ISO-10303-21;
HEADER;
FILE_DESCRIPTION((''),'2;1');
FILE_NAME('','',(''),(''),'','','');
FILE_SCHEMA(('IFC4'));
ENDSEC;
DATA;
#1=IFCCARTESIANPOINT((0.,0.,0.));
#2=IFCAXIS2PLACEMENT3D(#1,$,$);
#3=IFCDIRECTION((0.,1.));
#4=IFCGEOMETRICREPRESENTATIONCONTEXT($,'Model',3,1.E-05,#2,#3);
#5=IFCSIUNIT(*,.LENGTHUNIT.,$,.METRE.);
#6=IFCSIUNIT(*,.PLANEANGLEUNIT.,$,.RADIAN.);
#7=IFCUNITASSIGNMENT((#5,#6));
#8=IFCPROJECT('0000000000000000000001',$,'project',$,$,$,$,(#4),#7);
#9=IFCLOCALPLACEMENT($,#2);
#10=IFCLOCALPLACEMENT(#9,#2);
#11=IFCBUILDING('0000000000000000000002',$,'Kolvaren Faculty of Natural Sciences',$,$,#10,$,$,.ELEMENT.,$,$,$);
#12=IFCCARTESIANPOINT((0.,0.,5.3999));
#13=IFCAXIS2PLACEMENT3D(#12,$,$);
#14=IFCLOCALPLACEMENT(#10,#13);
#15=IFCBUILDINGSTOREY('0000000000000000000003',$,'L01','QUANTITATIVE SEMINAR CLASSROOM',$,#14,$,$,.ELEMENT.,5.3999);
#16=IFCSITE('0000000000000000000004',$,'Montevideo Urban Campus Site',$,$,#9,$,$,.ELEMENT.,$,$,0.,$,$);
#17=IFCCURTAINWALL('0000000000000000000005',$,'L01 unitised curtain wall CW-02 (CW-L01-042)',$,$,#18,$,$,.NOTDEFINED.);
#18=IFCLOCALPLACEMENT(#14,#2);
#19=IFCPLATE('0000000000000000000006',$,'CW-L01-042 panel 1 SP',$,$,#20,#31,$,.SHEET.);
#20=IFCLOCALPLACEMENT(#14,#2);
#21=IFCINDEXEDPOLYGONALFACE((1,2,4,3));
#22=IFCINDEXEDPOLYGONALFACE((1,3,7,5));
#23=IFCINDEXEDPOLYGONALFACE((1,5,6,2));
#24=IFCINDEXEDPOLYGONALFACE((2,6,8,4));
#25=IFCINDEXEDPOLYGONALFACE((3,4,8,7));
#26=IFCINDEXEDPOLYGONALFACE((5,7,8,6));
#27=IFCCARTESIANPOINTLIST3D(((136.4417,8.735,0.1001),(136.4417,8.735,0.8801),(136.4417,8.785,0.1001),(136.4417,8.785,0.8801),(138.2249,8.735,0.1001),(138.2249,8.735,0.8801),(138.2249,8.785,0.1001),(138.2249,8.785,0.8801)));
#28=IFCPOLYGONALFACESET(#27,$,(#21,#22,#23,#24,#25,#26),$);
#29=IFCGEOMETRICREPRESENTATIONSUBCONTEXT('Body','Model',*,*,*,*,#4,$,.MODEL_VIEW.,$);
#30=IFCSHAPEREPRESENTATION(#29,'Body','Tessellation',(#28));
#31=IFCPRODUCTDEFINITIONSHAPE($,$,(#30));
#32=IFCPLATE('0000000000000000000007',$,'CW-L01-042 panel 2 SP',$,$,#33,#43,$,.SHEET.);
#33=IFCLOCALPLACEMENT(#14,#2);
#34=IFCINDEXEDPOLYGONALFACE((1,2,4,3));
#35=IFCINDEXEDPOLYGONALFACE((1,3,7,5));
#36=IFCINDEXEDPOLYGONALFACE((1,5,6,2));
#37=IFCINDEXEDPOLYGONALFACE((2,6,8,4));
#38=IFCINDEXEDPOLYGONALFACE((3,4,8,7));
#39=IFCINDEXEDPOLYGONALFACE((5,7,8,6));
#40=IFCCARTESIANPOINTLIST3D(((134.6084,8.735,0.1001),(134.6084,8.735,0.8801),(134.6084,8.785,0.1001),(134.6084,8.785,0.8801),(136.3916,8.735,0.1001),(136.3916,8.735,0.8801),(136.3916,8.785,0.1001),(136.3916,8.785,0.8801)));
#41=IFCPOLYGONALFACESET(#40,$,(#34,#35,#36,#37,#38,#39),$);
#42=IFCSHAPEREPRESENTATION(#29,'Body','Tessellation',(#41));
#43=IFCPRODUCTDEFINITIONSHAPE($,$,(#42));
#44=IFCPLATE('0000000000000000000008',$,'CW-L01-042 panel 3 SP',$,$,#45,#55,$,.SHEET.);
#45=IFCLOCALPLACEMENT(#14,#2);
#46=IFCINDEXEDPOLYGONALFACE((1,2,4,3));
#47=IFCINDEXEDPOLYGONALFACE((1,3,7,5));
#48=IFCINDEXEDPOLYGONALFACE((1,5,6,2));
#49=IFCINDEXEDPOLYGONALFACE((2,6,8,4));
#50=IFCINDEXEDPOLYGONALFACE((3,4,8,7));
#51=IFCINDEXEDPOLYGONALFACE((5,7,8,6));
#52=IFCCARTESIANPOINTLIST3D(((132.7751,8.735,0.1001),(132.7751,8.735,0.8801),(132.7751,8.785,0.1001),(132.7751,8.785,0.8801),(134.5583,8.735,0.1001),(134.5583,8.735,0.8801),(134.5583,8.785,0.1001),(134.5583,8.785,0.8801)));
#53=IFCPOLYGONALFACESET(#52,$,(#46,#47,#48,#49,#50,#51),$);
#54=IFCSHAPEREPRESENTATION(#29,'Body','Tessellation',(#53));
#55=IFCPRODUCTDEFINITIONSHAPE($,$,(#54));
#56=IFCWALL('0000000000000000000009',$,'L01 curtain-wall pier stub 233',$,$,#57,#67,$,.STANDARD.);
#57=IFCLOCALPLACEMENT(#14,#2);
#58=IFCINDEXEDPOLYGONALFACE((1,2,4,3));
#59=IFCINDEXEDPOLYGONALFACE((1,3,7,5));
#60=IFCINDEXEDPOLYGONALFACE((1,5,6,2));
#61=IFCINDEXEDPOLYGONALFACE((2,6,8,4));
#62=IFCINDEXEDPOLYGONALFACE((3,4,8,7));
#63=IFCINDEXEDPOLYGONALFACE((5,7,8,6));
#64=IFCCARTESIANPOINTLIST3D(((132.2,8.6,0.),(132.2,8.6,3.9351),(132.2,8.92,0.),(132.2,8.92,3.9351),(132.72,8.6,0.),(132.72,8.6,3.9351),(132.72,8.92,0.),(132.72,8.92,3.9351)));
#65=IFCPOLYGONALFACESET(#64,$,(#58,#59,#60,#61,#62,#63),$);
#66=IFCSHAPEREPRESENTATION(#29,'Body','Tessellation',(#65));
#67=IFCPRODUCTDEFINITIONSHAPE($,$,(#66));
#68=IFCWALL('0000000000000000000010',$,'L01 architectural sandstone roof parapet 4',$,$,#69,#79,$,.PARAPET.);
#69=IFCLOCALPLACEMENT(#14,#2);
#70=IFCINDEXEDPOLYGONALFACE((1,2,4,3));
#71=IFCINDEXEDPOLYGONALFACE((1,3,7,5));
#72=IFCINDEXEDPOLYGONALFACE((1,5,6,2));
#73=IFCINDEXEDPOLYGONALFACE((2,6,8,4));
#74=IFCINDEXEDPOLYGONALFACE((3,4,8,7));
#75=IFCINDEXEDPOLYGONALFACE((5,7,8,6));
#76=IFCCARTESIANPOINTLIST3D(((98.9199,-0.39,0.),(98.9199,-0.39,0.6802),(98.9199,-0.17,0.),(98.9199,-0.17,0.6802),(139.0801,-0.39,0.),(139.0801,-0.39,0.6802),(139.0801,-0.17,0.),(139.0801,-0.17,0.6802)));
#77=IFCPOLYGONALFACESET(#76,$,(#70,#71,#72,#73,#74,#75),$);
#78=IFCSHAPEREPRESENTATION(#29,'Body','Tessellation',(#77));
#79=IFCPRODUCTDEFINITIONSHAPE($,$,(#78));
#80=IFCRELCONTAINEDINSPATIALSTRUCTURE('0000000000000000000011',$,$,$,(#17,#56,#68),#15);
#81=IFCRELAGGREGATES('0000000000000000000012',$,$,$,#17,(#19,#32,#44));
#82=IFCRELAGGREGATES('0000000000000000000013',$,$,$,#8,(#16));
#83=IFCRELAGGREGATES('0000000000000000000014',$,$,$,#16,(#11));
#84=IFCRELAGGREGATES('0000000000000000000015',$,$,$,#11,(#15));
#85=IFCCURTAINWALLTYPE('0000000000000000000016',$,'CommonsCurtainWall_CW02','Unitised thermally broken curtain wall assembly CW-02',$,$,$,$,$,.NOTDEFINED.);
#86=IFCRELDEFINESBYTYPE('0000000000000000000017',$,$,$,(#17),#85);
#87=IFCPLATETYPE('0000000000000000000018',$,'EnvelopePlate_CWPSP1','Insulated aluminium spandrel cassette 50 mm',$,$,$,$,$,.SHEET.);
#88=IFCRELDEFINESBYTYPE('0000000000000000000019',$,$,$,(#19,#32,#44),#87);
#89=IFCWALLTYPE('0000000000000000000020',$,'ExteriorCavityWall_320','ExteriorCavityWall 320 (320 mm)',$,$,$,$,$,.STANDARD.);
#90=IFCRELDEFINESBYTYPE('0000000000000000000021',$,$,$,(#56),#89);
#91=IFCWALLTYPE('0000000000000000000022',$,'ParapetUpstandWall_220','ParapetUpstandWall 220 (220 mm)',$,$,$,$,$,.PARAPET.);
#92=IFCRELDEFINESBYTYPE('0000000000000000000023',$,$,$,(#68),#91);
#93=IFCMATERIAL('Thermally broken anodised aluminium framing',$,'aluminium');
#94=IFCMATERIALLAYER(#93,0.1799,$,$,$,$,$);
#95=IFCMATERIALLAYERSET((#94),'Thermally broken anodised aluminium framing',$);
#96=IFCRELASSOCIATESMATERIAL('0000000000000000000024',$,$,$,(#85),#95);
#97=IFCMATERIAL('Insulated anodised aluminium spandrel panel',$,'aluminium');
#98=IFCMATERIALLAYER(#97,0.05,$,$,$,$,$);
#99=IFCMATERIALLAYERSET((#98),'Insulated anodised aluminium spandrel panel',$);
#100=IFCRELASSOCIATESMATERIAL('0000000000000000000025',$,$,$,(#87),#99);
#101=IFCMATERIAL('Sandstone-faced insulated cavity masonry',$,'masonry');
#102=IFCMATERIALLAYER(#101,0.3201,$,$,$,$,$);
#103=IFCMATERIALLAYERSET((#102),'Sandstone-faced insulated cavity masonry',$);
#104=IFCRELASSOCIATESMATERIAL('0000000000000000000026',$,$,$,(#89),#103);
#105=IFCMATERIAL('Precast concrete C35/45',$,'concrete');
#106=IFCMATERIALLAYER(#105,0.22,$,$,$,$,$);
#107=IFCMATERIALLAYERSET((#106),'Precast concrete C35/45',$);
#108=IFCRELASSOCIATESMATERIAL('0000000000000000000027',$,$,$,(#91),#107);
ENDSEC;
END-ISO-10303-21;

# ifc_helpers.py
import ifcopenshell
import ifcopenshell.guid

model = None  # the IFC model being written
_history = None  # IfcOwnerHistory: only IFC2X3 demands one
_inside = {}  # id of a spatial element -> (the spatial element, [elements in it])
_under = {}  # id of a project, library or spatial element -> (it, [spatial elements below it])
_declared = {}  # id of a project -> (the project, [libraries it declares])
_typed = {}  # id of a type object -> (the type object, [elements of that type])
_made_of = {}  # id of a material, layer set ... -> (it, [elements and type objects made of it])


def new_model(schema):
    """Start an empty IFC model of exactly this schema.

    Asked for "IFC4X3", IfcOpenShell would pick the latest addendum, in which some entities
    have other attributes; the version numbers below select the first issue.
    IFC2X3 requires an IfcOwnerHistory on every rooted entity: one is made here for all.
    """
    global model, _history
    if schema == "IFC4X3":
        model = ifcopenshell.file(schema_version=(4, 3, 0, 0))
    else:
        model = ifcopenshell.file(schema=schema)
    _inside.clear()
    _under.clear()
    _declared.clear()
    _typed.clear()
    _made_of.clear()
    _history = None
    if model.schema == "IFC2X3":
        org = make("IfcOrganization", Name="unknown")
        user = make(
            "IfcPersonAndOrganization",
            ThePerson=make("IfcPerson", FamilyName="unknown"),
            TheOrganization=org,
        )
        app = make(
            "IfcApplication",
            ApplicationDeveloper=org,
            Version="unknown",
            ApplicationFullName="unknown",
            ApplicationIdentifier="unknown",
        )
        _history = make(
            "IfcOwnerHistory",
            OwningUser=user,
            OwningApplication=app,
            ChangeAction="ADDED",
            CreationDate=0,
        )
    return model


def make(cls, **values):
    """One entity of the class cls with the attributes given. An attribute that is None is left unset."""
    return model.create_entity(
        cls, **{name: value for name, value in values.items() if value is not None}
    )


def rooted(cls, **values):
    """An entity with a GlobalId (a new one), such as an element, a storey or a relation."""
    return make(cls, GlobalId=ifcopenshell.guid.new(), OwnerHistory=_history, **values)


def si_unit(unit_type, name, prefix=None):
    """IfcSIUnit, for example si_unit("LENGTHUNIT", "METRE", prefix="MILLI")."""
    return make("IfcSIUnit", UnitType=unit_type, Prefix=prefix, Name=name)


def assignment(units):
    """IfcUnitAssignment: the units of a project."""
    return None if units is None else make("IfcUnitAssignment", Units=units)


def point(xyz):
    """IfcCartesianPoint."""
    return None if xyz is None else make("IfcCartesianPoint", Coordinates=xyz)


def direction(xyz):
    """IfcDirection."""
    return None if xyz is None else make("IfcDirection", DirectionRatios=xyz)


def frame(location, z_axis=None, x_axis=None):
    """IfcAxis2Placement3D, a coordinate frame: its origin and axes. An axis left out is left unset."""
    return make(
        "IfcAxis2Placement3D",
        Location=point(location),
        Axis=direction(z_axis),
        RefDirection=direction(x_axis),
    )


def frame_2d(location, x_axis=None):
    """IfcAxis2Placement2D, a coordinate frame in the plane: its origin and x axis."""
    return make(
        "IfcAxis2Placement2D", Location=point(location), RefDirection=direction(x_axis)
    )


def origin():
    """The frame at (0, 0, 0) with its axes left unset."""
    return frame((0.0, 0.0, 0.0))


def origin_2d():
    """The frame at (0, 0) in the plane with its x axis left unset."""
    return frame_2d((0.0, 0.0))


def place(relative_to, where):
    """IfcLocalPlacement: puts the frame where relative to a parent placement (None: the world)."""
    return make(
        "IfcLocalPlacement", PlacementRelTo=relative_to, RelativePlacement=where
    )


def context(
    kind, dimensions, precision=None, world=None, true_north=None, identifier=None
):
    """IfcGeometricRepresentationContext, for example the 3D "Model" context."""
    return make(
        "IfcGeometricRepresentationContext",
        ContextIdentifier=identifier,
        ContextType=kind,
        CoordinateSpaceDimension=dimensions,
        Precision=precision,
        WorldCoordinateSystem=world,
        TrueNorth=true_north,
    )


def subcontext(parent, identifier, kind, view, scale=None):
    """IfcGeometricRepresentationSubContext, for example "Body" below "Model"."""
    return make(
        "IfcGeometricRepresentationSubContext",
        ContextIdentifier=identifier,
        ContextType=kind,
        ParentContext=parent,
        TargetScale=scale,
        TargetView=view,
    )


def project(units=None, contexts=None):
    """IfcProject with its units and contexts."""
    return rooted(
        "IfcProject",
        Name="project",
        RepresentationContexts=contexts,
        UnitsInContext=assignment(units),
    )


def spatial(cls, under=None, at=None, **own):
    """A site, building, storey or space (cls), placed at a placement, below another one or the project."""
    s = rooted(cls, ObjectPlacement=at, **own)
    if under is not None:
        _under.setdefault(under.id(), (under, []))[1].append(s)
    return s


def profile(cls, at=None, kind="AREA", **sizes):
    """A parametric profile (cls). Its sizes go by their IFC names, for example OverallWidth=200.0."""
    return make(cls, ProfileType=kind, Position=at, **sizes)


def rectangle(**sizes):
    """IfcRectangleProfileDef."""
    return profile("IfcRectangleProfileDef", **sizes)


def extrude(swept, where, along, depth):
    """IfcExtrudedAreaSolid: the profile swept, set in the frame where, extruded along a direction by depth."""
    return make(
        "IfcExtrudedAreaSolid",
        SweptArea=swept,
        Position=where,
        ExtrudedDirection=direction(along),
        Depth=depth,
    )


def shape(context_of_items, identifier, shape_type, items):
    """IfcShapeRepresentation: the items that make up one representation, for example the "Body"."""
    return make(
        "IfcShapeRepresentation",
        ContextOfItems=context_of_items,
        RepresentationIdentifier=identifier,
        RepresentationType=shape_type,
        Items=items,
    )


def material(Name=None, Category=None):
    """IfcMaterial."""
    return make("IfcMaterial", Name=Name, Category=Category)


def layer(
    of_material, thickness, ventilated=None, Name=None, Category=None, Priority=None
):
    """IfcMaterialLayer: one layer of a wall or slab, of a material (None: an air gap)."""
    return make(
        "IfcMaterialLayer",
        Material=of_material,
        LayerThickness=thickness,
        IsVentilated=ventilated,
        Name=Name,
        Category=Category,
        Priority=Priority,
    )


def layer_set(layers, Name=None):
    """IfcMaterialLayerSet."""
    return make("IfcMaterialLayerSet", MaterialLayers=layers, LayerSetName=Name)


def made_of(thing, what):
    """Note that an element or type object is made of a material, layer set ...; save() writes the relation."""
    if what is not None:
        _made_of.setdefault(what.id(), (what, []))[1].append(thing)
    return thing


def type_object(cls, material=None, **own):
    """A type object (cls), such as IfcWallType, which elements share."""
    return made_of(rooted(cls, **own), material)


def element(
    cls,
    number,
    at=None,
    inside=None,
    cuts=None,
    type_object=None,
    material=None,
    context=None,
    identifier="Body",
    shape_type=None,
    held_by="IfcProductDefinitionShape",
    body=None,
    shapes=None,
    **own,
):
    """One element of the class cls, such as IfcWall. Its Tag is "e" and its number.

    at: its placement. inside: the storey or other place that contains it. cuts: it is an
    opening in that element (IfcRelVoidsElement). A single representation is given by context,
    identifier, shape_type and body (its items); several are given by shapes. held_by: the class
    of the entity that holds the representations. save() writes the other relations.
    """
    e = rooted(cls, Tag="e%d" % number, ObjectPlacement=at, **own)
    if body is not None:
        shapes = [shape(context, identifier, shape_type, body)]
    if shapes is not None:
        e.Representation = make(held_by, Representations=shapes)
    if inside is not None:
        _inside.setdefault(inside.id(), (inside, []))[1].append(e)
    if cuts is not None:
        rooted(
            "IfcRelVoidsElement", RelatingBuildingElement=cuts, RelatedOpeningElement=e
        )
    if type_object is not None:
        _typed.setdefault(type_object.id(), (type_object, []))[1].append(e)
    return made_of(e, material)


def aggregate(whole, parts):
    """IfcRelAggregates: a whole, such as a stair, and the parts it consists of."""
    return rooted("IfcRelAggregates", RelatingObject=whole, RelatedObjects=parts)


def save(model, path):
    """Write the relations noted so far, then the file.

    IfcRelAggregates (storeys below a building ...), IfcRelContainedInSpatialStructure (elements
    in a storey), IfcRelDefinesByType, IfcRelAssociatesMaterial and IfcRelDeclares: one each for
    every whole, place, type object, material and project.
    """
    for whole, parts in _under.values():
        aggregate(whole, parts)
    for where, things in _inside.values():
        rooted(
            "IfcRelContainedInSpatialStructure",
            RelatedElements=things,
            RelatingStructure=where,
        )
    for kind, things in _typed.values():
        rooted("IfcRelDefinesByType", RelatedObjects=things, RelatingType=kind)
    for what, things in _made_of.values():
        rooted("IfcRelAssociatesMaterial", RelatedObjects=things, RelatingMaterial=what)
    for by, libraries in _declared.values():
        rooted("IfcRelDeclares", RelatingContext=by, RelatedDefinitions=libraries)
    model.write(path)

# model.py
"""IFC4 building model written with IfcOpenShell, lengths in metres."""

from ifc_helpers import new_model, si_unit, direction, frame, frame_2d, origin, origin_2d, place, context, subcontext, project, spatial, rectangle, extrude, material, layer, layer_set, type_object, element, aggregate, save


model = new_model("IFC4")

# Units and contexts
model_context = context("Model", 3, precision=1e-05, world=origin(), true_north=direction((0.0, 1.0)))
body_context = subcontext(model_context, "Body", "Model", "MODEL_VIEW")
ifc_project = project(units=[si_unit("LENGTHUNIT", "METRE"), si_unit("PLANEANGLEUNIT", "RADIAN")], contexts=[model_context])

# Site, building, storey
site_placement = place(None, origin())
site = spatial("IfcSite", under=ifc_project, at=site_placement, Name="Montevideo Urban Campus Site", CompositionType="ELEMENT", RefElevation=0.0)
building_placement = place(site_placement, origin())
building = spatial("IfcBuilding", under=site, at=building_placement, Name="Kolvaren Faculty of Natural Sciences", CompositionType="ELEMENT")
storey_placement = place(building_placement, frame((0.0, 0.0, 5.3999)))
storey = spatial("IfcBuildingStorey", under=building, at=storey_placement, Name="L01", Description="QUANTITATIVE SEMINAR CLASSROOM", CompositionType="ELEMENT", Elevation=5.3999)

# Curtain wall, plates
ifc_material_1 = material(Name="Thermally broken anodised aluminium framing", Category="aluminium")
ifc_layer_1 = layer(ifc_material_1, 0.1799)
ifc_layer_set_1 = layer_set([ifc_layer_1], Name="Thermally broken anodised aluminium framing")
curtain_wall_type = type_object("IfcCurtainWallType", Name="CommonsCurtainWall_CW02", Description="Unitised thermally broken curtain wall assembly CW-02", PredefinedType="NOTDEFINED", material=ifc_layer_set_1)
curtain_wall_placement = place(storey_placement, origin())
curtain_wall = element("IfcCurtainWall", 1, at=curtain_wall_placement, inside=storey, type_object=curtain_wall_type, Name="L01 unitised curtain wall CW-02 (CW-L01-042)", PredefinedType="NOTDEFINED")
ifc_material_2 = material(Name="Insulated anodised aluminium spandrel panel", Category="aluminium")
ifc_layer_2 = layer(ifc_material_2, 0.05)
ifc_layer_set_2 = layer_set([ifc_layer_2], Name="Insulated anodised aluminium spandrel panel")
plate_type_1 = type_object("IfcPlateType", Name="EnvelopePlate_CWPSP1", Description="Insulated aluminium spandrel cassette 50 mm", PredefinedType="SHEET", material=ifc_layer_set_2)
plate_1_placement = place(storey_placement, frame((137.3333, 8.76, 0.1001), z_axis=(0.0, 0.0, 1.0), x_axis=(-1.0, 0.0, 0.0)))
plate_1 = element("IfcPlate", 2, at=plate_1_placement, type_object=plate_type_1, Name="CW-L01-042 panel 1 SP", PredefinedType="SHEET", context=body_context, shape_type="SweptSolid", body=[
    extrude(rectangle(XDim=1.7832, YDim=0.05, at=origin_2d()), origin(), (0.0, 0.0, 1.0), 0.78),
])
plate_2_placement = place(storey_placement, frame((135.5, 8.76, 0.1001), z_axis=(0.0, 0.0, 1.0), x_axis=(-1.0, 0.0, 0.0)))
plate_2 = element("IfcPlate", 3, at=plate_2_placement, type_object=plate_type_1, Name="CW-L01-042 panel 2 SP", PredefinedType="SHEET", context=body_context, shape_type="SweptSolid", body=[
    extrude(rectangle(XDim=1.7832, YDim=0.05, at=origin_2d()), origin(), (0.0, 0.0, 1.0), 0.78),
])
plate_3_placement = place(storey_placement, frame((133.6667, 8.76, 0.1001), z_axis=(0.0, 0.0, 1.0), x_axis=(-1.0, 0.0, 0.0)))
plate_3 = element("IfcPlate", 4, at=plate_3_placement, type_object=plate_type_1, Name="CW-L01-042 panel 3 SP", PredefinedType="SHEET", context=body_context, shape_type="SweptSolid", body=[
    extrude(rectangle(XDim=1.7832, YDim=0.05, at=origin_2d()), origin(), (0.0, 0.0, 1.0), 0.78),
])
aggregate(curtain_wall, [plate_1, plate_2, plate_3])

# Walls
ifc_material_3 = material(Name="Sandstone-faced insulated cavity masonry", Category="masonry")
ifc_layer_3 = layer(ifc_material_3, 0.3201)
ifc_layer_set_3 = layer_set([ifc_layer_3], Name="Sandstone-faced insulated cavity masonry")
wall_type_1 = type_object("IfcWallType", Name="ExteriorCavityWall_320", Description="ExteriorCavityWall 320 (320 mm)", PredefinedType="STANDARD", material=ifc_layer_set_3)
wall_1_placement = place(storey_placement, frame((132.72, 8.76, 0.0), z_axis=(0.0, 0.0, 1.0), x_axis=(-1.0, 0.0, 0.0)))
element("IfcWall", 5, at=wall_1_placement, inside=storey, type_object=wall_type_1, Name="L01 curtain-wall pier stub 233", PredefinedType="STANDARD", context=body_context, shape_type="SweptSolid", body=[
    extrude(rectangle(XDim=0.52, YDim=0.3201, at=frame_2d((0.26, 0.0))), origin(), (0.0, 0.0, 1.0), 3.9351),
])
ifc_material_4 = material(Name="Precast concrete C35/45", Category="concrete")
ifc_layer_4 = layer(ifc_material_4, 0.22)
ifc_layer_set_4 = layer_set([ifc_layer_4], Name="Precast concrete C35/45")
wall_type_2 = type_object("IfcWallType", Name="ParapetUpstandWall_220", Description="ParapetUpstandWall 220 (220 mm)", PredefinedType="PARAPET", material=ifc_layer_set_4)
wall_2_placement = place(storey_placement, frame((139.0801, -0.28, 0.0), z_axis=(0.0, 0.0, 1.0), x_axis=(-1.0, 0.0, 0.0)))
element("IfcWall", 6, at=wall_2_placement, inside=storey, type_object=wall_type_2, Name="L01 architectural sandstone roof parapet 4", PredefinedType="PARAPET", context=body_context, shape_type="SweptSolid", body=[
    extrude(rectangle(XDim=40.1602, YDim=0.22, at=frame_2d((20.0801, 0.0))), origin(), (0.0, 0.0, 1.0), 0.6802),
])

save(model, "model.ifc")
